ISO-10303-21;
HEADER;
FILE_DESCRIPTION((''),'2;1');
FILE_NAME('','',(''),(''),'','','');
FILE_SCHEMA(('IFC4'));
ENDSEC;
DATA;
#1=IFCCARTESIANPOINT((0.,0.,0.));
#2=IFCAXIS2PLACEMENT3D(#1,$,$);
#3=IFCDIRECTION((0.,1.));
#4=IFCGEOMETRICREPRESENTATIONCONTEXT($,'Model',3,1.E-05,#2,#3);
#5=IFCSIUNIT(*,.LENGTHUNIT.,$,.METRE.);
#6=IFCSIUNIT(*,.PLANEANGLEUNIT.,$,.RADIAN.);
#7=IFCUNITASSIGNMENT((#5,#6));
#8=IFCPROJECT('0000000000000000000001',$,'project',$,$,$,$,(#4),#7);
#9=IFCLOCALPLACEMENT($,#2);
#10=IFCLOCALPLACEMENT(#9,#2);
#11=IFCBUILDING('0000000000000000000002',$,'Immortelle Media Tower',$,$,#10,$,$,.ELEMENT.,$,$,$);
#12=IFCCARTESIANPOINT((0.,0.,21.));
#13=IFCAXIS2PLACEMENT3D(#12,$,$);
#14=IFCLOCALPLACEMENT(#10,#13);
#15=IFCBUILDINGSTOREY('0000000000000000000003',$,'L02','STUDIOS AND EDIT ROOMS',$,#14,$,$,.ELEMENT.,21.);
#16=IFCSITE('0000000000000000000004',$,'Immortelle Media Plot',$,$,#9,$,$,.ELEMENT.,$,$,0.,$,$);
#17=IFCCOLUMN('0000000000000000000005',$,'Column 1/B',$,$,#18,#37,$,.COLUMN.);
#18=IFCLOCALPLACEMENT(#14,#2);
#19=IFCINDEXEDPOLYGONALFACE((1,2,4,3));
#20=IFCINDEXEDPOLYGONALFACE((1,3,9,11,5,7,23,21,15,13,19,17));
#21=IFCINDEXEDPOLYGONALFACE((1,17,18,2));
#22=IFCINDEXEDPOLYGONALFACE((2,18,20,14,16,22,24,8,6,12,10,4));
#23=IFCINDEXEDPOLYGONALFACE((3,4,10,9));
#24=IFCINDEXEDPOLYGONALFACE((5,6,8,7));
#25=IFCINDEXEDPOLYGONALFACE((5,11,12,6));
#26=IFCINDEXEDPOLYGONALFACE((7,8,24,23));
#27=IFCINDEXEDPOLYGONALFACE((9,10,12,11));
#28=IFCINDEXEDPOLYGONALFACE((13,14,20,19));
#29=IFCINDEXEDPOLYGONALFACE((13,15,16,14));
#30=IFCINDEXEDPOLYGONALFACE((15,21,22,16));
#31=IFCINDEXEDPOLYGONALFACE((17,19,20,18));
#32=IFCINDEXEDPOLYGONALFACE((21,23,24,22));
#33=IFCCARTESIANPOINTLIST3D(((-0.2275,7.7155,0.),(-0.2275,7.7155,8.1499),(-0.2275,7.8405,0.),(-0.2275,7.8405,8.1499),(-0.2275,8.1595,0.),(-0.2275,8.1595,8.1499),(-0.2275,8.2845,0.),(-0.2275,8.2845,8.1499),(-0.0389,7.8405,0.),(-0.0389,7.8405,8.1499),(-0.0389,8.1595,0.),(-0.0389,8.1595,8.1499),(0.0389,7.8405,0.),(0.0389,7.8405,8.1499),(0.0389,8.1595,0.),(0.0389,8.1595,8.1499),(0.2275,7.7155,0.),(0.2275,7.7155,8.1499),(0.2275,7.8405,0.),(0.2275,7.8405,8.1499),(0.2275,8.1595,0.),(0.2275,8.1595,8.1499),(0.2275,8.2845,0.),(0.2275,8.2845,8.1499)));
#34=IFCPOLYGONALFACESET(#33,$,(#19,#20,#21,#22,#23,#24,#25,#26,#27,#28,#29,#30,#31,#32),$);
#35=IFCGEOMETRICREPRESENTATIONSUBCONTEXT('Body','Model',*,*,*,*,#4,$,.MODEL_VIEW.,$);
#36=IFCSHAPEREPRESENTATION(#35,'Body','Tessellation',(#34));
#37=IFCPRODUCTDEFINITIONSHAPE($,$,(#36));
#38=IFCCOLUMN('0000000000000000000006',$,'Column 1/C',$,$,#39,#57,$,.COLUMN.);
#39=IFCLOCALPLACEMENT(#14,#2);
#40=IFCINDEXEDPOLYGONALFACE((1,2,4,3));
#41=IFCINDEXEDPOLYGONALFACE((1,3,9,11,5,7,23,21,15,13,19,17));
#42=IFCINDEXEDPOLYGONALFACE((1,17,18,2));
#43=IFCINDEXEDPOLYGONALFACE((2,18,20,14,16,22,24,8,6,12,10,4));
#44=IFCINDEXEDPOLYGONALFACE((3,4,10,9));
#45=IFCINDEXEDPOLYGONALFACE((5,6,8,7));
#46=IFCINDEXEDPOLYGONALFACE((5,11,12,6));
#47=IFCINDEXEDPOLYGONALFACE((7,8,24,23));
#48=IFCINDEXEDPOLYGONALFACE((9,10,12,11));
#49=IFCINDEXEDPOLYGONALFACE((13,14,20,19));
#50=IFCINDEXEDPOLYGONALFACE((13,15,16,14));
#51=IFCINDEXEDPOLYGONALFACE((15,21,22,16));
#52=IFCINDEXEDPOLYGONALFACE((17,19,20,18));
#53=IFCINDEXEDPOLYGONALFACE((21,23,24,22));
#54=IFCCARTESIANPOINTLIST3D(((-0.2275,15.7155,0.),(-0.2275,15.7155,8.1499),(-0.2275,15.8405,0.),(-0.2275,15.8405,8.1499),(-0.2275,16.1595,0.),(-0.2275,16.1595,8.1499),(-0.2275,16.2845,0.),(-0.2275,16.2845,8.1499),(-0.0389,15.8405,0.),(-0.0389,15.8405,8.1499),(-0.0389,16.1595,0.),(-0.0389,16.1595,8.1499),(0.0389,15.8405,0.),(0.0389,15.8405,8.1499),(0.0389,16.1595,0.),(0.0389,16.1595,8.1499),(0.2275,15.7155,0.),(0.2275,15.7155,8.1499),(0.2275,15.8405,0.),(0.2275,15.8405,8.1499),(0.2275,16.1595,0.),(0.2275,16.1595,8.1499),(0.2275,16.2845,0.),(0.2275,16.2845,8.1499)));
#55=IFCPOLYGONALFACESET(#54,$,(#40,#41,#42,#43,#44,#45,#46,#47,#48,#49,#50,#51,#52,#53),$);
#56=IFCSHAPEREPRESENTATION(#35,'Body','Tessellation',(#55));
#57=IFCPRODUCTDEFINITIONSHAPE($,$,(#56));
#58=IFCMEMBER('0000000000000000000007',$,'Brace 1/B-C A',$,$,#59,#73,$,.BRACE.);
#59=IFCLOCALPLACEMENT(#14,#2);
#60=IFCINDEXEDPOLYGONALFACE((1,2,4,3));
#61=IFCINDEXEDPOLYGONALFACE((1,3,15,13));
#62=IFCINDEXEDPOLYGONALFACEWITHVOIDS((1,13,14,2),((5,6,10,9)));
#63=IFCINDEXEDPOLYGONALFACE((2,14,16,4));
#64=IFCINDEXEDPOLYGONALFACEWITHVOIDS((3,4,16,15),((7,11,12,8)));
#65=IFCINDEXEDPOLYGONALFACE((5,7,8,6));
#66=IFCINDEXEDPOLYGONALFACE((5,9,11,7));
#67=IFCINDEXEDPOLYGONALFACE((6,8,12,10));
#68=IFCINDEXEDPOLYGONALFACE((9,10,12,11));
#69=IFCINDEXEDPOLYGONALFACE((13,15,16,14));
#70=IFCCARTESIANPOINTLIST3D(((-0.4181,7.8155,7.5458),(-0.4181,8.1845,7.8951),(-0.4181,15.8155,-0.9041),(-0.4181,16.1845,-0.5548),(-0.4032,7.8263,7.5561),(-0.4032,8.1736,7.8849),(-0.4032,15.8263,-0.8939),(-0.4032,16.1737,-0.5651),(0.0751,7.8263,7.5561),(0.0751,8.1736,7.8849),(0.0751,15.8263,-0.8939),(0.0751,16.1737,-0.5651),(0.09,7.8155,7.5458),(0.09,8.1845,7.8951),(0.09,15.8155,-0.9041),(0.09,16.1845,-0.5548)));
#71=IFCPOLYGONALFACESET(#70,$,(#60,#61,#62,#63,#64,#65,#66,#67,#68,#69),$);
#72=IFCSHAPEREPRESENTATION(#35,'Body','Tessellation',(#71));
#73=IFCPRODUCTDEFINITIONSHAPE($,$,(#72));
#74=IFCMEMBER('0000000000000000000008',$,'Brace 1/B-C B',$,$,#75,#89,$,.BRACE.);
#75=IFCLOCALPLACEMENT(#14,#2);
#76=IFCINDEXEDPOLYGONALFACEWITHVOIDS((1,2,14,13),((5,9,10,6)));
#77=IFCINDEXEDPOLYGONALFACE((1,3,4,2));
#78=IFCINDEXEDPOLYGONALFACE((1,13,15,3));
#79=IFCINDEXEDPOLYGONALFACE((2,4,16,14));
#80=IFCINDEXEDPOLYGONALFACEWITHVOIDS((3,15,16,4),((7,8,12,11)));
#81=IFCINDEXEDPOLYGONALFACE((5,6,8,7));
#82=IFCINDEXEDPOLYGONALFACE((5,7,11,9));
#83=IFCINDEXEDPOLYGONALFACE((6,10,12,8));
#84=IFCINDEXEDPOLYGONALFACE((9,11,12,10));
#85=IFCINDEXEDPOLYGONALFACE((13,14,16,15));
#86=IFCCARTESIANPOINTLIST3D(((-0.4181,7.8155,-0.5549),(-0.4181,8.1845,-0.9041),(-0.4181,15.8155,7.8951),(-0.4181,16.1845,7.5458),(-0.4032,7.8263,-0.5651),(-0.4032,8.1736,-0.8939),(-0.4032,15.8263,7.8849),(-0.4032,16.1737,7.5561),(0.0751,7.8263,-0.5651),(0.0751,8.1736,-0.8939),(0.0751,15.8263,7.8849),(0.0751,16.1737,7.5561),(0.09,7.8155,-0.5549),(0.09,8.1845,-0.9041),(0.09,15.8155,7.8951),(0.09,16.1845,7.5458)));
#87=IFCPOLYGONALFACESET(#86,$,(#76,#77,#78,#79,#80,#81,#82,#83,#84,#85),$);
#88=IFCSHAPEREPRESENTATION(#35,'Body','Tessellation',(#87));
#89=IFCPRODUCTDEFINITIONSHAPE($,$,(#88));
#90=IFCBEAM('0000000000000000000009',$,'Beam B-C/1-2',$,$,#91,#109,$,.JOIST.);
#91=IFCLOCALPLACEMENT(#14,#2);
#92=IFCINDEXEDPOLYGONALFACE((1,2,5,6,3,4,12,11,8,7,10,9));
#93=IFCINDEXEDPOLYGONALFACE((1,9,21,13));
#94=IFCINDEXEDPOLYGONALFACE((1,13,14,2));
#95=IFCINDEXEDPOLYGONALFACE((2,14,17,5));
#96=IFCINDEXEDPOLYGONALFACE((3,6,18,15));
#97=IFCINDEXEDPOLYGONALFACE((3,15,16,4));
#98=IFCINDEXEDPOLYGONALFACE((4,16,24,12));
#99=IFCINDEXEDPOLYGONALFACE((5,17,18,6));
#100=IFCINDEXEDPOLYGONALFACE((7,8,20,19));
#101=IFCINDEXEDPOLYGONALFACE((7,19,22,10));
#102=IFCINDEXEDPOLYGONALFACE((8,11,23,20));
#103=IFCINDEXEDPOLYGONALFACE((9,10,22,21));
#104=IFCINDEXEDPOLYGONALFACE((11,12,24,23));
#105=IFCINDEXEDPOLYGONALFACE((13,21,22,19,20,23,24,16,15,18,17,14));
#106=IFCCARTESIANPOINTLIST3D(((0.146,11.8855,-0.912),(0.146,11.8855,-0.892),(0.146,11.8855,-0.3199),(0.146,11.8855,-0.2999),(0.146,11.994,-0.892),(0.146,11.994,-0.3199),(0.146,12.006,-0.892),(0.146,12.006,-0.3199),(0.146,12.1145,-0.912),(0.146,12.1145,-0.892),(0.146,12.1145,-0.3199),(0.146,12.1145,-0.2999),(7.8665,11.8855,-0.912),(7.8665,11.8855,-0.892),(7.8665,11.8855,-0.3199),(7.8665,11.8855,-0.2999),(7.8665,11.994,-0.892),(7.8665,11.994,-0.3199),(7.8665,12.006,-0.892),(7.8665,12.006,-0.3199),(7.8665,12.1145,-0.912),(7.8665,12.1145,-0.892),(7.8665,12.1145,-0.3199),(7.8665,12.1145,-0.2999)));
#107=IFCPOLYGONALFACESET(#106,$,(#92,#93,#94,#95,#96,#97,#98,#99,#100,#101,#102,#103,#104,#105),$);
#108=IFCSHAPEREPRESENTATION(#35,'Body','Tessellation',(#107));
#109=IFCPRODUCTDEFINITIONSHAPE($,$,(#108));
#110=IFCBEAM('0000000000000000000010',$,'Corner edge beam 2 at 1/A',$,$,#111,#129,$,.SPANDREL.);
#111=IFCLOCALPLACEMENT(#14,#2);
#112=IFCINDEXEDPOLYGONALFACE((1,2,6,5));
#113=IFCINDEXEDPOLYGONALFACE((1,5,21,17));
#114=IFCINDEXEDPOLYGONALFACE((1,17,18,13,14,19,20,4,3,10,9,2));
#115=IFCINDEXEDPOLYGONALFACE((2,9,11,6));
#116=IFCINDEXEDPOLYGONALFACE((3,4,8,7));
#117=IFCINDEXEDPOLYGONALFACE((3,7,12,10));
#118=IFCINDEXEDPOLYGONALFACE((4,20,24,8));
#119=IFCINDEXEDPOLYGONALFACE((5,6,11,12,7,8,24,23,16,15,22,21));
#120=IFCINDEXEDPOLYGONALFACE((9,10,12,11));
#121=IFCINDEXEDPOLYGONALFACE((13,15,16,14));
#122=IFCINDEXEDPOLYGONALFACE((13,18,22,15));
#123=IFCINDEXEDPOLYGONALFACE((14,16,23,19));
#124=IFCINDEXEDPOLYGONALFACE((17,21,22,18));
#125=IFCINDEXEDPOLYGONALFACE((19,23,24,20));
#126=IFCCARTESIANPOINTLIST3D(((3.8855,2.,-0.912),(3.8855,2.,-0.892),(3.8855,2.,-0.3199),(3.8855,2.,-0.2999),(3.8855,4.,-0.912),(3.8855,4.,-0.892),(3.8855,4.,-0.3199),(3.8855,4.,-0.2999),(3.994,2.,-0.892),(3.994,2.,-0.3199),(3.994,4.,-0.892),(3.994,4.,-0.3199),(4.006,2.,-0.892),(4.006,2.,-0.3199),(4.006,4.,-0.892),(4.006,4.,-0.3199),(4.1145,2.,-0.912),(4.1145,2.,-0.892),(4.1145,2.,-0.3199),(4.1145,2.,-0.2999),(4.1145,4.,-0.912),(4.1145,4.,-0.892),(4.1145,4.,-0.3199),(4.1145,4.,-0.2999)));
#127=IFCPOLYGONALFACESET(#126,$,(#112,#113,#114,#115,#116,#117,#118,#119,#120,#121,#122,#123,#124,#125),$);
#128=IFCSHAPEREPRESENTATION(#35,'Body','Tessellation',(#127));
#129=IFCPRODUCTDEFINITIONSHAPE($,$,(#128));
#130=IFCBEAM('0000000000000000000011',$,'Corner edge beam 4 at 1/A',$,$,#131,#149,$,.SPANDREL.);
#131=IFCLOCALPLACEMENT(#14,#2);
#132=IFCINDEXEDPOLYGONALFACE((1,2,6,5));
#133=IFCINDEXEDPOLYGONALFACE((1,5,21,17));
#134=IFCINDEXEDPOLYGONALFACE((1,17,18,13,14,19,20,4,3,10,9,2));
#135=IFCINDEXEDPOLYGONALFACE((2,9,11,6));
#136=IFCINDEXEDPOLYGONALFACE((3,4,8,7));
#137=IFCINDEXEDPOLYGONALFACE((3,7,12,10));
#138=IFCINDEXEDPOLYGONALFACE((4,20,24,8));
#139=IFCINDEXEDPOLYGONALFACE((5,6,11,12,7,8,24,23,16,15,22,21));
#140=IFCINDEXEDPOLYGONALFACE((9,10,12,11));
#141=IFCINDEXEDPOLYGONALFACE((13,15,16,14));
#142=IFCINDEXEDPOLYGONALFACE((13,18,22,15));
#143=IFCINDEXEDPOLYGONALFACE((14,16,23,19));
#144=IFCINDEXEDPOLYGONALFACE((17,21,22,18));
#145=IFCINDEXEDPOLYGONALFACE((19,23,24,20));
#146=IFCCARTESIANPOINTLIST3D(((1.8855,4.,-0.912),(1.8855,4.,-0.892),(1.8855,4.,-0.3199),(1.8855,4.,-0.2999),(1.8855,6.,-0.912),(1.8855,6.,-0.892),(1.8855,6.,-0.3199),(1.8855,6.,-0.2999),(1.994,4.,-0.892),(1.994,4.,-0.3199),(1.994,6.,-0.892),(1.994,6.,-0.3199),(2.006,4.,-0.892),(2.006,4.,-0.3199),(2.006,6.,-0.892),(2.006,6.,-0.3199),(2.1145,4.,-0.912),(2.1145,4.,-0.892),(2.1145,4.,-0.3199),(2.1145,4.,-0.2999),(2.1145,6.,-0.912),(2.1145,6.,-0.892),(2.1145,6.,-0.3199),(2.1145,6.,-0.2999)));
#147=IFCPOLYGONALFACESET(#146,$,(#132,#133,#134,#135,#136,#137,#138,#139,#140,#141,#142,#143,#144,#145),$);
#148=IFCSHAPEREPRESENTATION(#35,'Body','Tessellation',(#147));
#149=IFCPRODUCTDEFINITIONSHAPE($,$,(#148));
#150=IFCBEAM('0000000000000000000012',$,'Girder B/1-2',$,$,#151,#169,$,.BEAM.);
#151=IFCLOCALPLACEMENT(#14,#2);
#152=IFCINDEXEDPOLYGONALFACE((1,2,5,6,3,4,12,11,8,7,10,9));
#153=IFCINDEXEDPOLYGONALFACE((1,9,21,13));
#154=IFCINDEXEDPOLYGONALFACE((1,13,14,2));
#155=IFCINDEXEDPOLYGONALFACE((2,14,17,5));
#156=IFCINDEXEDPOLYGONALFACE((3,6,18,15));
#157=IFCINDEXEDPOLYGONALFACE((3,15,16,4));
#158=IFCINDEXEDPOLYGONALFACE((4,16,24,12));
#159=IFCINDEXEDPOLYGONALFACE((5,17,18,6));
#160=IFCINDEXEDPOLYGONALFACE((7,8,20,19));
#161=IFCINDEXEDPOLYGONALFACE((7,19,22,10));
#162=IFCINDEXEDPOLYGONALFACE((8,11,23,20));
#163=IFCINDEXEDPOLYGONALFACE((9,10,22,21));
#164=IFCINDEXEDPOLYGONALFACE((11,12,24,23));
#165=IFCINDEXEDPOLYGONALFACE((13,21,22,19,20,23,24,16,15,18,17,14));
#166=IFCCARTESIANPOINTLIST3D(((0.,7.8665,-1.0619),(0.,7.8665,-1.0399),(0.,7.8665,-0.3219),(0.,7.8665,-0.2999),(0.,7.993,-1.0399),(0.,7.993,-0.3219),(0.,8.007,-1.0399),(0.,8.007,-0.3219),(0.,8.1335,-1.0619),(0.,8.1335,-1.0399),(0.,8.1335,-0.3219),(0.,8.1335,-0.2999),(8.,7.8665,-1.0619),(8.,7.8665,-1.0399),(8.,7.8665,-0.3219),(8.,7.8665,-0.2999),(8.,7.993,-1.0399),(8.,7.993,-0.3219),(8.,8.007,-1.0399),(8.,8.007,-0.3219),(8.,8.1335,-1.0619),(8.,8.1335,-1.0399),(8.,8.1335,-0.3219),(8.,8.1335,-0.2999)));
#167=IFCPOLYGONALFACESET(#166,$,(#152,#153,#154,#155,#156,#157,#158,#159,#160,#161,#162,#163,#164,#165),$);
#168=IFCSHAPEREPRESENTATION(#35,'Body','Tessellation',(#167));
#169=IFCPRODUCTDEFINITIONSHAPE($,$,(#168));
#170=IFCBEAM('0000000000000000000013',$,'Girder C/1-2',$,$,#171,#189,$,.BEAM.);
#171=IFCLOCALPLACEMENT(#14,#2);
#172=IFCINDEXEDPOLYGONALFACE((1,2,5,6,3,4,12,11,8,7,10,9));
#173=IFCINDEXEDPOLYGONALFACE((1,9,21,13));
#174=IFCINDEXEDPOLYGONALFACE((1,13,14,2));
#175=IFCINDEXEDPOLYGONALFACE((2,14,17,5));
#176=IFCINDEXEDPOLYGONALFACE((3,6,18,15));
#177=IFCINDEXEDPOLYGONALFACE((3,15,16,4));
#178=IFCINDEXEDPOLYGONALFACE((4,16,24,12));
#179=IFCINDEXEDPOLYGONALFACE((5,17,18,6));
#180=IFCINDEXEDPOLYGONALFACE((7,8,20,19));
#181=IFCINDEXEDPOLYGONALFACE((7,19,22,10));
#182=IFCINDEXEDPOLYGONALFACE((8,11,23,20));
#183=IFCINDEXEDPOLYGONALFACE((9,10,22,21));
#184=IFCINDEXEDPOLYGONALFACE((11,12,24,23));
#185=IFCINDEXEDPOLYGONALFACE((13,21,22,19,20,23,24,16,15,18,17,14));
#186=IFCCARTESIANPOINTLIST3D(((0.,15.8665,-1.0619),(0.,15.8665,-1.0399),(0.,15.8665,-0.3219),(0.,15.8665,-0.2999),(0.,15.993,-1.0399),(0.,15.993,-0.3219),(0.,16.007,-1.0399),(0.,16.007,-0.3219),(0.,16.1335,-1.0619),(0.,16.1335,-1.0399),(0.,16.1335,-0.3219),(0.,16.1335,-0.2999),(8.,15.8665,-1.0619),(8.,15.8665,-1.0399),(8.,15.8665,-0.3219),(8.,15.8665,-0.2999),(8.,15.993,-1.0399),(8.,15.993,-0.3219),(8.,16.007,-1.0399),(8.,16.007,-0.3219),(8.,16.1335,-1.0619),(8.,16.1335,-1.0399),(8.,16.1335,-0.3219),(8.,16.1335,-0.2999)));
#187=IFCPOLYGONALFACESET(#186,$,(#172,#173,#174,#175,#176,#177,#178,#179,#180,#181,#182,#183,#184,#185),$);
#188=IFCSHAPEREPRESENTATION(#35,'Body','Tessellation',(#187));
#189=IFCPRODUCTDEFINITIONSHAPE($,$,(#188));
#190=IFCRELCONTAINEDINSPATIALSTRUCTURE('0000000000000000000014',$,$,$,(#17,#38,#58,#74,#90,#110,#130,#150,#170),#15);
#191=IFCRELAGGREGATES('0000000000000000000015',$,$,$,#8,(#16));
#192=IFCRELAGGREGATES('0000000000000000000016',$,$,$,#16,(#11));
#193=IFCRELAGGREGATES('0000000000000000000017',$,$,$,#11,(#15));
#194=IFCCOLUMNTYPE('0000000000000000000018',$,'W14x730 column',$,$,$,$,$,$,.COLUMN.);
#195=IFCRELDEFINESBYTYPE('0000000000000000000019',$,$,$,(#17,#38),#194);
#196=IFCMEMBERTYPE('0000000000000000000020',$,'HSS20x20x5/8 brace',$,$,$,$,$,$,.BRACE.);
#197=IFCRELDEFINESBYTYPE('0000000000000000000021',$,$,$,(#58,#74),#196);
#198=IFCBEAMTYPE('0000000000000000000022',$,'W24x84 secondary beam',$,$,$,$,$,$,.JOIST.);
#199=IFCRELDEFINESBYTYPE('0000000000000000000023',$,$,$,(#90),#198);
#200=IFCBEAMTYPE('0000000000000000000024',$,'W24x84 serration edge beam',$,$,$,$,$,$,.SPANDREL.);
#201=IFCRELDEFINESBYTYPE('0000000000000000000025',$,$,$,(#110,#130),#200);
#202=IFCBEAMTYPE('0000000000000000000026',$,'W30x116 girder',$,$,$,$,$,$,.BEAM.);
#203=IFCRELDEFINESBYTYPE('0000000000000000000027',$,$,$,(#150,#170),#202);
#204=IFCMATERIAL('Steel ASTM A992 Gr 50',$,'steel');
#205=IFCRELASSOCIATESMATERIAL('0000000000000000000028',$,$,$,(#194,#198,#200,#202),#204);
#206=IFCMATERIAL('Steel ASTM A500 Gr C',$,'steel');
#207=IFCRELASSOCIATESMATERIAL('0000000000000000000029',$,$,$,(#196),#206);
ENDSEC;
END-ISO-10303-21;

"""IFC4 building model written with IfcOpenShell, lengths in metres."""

from ifc_helpers import new_model, si_unit, direction, frame, origin, origin_2d, place, context, subcontext, project, spatial, hollow_rectangle, i_section, extrude, material, material_profile, profile_set, type_object, element, save


model = new_model("IFC4")

# Units and contexts
model_context = context("Model", 3, precision=1e-05, world=origin(), true_north=direction((0.0, 1.0)))
body_context = subcontext(model_context, "Body", "Model", "MODEL_VIEW")
ifc_project = project(units=[si_unit("LENGTHUNIT", "METRE"), si_unit("PLANEANGLEUNIT", "RADIAN")], contexts=[model_context])

# Site, building, storey
site_placement = place(None, origin())
site = spatial("IfcSite", under=ifc_project, at=site_placement, Name="Immortelle Media Plot", CompositionType="ELEMENT", RefElevation=0.0)
building_placement = place(site_placement, origin())
building = spatial("IfcBuilding", under=site, at=building_placement, Name="Immortelle Media Tower", CompositionType="ELEMENT")
storey_placement = place(building_placement, frame((0.0, 0.0, 21.0)))
storey = spatial("IfcBuildingStorey", under=building, at=storey_placement, Name="L02", Description="STUDIOS AND EDIT ROOMS", CompositionType="ELEMENT", Elevation=21.0)

# Columns
ifc_material_1 = material(Name="Steel ASTM A992 Gr 50", Category="steel")
ifc_material_profile_1 = material_profile(ifc_material_1, i_section(OverallWidth=0.4551, OverallDepth=0.5691, WebThickness=0.0779, FlangeThickness=0.125, at=origin_2d()), Name="W14x730")
ifc_profile_set_1 = profile_set([ifc_material_profile_1], Name="Steel ASTM A992 Gr 50")
column_type = type_object("IfcColumnType", Name="W14x730 column", PredefinedType="COLUMN", material=ifc_profile_set_1)
for number, where, z_axis, x_axis, name in (
    (1, (0.0, 8.0, 0.0), (0.0, 0.0, 1.0), (1.0, 0.0, 0.0), "Column 1/B"),
    (2, (0.0, 16.0, 0.0), (0.0, 0.0, 1.0), (1.0, 0.0, 0.0), "Column 1/C"),
):
    element("IfcColumn", number, at=place(storey_placement, frame(where, z_axis=z_axis, x_axis=x_axis)), inside=storey, type_object=column_type, Name=name, PredefinedType="COLUMN", context=body_context, shape_type="SweptSolid", body=[
        extrude(i_section(OverallWidth=0.4551, OverallDepth=0.5691, WebThickness=0.0779, FlangeThickness=0.125, at=origin_2d()), origin(), (0.0, 0.0, 1.0), 8.1499),
    ])

# Members
ifc_material_2 = material(Name="Steel ASTM A500 Gr C", Category="steel")
ifc_material_profile_2 = material_profile(ifc_material_2, hollow_rectangle(XDim=0.5081, YDim=0.5081, WallThickness=0.0149, at=origin_2d()), Name="HSS20x20x5/8 brace")
ifc_profile_set_2 = profile_set([ifc_material_profile_2], Name="Steel ASTM A500 Gr C")
member_type = type_object("IfcMemberType", Name="HSS20x20x5/8 brace", PredefinedType="BRACE", material=ifc_profile_set_2)
for number, where, z_axis, x_axis, name in (
    (3, (-0.1641, 16.0, -0.7295), (0.0, -0.687508, 0.726176), (1.0, 0.0, 0.0), "Brace 1/B-C A"),
    (4, (-0.1641, 16.0, 7.7205), (0.0, -0.687508, -0.726176), (1.0, 0.0, 0.0), "Brace 1/B-C B"),
):
    element("IfcMember", number, at=place(storey_placement, frame(where, z_axis=z_axis, x_axis=x_axis)), inside=storey, type_object=member_type, Name=name, PredefinedType="BRACE", context=body_context, shape_type="SweptSolid", body=[
        extrude(hollow_rectangle(XDim=0.5081, YDim=0.5081, WallThickness=0.0149, at=origin_2d()), origin(), (0.0, 0.0, 1.0), 11.6362),
    ])

# Beams
ifc_material_profile_3 = material_profile(ifc_material_1, i_section(OverallWidth=0.229, OverallDepth=0.6121, WebThickness=0.012, FlangeThickness=0.02, at=origin_2d()), Name="W24x84")
ifc_profile_set_3 = profile_set([ifc_material_profile_3], Name="Steel ASTM A992 Gr 50")
beam_type_1 = type_object("IfcBeamType", Name="W24x84 secondary beam", PredefinedType="JOIST", material=ifc_profile_set_3)
beam_placement = place(storey_placement, frame((0.146, 12.0, -0.606), z_axis=(1.0, 0.0, 0.0), x_axis=(0.0, 1.0, 0.0)))
element("IfcBeam", 5, at=beam_placement, inside=storey, type_object=beam_type_1, Name="Beam B-C/1-2", PredefinedType="JOIST", context=body_context, shape_type="SweptSolid", body=[
    extrude(i_section(OverallWidth=0.229, OverallDepth=0.6121, WebThickness=0.012, FlangeThickness=0.02, at=origin_2d()), origin(), (0.0, 0.0, 1.0), 7.7205),
])
ifc_material_profile_4 = material_profile(ifc_material_1, i_section(OverallWidth=0.229, OverallDepth=0.6121, WebThickness=0.012, FlangeThickness=0.02, at=origin_2d()), Name="W24x84")
ifc_profile_set_4 = profile_set([ifc_material_profile_4], Name="Steel ASTM A992 Gr 50")
beam_type_2 = type_object("IfcBeamType", Name="W24x84 serration edge beam", PredefinedType="SPANDREL", material=ifc_profile_set_4)
for number, where, z_axis, x_axis, name in (
    (6, (4.0, 2.0, -0.606), (0.0, 1.0, 0.0), (-1.0, 0.0, 0.0), "Corner edge beam 2 at 1/A"),
    (7, (2.0, 4.0, -0.606), (0.0, 1.0, 0.0), (-1.0, 0.0, 0.0), "Corner edge beam 4 at 1/A"),
):
    element("IfcBeam", number, at=place(storey_placement, frame(where, z_axis=z_axis, x_axis=x_axis)), inside=storey, type_object=beam_type_2, Name=name, PredefinedType="SPANDREL", context=body_context, shape_type="SweptSolid", body=[
        extrude(i_section(OverallWidth=0.229, OverallDepth=0.6121, WebThickness=0.012, FlangeThickness=0.02, at=origin_2d()), origin(), (0.0, 0.0, 1.0), 2.0),
    ])
ifc_material_profile_5 = material_profile(ifc_material_1, i_section(OverallWidth=0.2671, OverallDepth=0.762, WebThickness=0.0139, FlangeThickness=0.022, at=origin_2d()), Name="W30x116")
ifc_profile_set_5 = profile_set([ifc_material_profile_5], Name="Steel ASTM A992 Gr 50")
beam_type_3 = type_object("IfcBeamType", Name="W30x116 girder", PredefinedType="BEAM", material=ifc_profile_set_5)
for number, where, z_axis, x_axis, name in (
    (8, (0.0, 8.0, -0.6809), (1.0, 0.0, 0.0), (0.0, 1.0, 0.0), "Girder B/1-2"),
    (9, (0.0, 16.0, -0.6809), (1.0, 0.0, 0.0), (0.0, 1.0, 0.0), "Girder C/1-2"),
):
    element("IfcBeam", number, at=place(storey_placement, frame(where, z_axis=z_axis, x_axis=x_axis)), inside=storey, type_object=beam_type_3, Name=name, PredefinedType="BEAM", context=body_context, shape_type="SweptSolid", body=[
        extrude(i_section(OverallWidth=0.2671, OverallDepth=0.762, WebThickness=0.0139, FlangeThickness=0.022, at=origin_2d()), origin(), (0.0, 0.0, 1.0), 8.0),
    ])

save(model, "model.ifc")
